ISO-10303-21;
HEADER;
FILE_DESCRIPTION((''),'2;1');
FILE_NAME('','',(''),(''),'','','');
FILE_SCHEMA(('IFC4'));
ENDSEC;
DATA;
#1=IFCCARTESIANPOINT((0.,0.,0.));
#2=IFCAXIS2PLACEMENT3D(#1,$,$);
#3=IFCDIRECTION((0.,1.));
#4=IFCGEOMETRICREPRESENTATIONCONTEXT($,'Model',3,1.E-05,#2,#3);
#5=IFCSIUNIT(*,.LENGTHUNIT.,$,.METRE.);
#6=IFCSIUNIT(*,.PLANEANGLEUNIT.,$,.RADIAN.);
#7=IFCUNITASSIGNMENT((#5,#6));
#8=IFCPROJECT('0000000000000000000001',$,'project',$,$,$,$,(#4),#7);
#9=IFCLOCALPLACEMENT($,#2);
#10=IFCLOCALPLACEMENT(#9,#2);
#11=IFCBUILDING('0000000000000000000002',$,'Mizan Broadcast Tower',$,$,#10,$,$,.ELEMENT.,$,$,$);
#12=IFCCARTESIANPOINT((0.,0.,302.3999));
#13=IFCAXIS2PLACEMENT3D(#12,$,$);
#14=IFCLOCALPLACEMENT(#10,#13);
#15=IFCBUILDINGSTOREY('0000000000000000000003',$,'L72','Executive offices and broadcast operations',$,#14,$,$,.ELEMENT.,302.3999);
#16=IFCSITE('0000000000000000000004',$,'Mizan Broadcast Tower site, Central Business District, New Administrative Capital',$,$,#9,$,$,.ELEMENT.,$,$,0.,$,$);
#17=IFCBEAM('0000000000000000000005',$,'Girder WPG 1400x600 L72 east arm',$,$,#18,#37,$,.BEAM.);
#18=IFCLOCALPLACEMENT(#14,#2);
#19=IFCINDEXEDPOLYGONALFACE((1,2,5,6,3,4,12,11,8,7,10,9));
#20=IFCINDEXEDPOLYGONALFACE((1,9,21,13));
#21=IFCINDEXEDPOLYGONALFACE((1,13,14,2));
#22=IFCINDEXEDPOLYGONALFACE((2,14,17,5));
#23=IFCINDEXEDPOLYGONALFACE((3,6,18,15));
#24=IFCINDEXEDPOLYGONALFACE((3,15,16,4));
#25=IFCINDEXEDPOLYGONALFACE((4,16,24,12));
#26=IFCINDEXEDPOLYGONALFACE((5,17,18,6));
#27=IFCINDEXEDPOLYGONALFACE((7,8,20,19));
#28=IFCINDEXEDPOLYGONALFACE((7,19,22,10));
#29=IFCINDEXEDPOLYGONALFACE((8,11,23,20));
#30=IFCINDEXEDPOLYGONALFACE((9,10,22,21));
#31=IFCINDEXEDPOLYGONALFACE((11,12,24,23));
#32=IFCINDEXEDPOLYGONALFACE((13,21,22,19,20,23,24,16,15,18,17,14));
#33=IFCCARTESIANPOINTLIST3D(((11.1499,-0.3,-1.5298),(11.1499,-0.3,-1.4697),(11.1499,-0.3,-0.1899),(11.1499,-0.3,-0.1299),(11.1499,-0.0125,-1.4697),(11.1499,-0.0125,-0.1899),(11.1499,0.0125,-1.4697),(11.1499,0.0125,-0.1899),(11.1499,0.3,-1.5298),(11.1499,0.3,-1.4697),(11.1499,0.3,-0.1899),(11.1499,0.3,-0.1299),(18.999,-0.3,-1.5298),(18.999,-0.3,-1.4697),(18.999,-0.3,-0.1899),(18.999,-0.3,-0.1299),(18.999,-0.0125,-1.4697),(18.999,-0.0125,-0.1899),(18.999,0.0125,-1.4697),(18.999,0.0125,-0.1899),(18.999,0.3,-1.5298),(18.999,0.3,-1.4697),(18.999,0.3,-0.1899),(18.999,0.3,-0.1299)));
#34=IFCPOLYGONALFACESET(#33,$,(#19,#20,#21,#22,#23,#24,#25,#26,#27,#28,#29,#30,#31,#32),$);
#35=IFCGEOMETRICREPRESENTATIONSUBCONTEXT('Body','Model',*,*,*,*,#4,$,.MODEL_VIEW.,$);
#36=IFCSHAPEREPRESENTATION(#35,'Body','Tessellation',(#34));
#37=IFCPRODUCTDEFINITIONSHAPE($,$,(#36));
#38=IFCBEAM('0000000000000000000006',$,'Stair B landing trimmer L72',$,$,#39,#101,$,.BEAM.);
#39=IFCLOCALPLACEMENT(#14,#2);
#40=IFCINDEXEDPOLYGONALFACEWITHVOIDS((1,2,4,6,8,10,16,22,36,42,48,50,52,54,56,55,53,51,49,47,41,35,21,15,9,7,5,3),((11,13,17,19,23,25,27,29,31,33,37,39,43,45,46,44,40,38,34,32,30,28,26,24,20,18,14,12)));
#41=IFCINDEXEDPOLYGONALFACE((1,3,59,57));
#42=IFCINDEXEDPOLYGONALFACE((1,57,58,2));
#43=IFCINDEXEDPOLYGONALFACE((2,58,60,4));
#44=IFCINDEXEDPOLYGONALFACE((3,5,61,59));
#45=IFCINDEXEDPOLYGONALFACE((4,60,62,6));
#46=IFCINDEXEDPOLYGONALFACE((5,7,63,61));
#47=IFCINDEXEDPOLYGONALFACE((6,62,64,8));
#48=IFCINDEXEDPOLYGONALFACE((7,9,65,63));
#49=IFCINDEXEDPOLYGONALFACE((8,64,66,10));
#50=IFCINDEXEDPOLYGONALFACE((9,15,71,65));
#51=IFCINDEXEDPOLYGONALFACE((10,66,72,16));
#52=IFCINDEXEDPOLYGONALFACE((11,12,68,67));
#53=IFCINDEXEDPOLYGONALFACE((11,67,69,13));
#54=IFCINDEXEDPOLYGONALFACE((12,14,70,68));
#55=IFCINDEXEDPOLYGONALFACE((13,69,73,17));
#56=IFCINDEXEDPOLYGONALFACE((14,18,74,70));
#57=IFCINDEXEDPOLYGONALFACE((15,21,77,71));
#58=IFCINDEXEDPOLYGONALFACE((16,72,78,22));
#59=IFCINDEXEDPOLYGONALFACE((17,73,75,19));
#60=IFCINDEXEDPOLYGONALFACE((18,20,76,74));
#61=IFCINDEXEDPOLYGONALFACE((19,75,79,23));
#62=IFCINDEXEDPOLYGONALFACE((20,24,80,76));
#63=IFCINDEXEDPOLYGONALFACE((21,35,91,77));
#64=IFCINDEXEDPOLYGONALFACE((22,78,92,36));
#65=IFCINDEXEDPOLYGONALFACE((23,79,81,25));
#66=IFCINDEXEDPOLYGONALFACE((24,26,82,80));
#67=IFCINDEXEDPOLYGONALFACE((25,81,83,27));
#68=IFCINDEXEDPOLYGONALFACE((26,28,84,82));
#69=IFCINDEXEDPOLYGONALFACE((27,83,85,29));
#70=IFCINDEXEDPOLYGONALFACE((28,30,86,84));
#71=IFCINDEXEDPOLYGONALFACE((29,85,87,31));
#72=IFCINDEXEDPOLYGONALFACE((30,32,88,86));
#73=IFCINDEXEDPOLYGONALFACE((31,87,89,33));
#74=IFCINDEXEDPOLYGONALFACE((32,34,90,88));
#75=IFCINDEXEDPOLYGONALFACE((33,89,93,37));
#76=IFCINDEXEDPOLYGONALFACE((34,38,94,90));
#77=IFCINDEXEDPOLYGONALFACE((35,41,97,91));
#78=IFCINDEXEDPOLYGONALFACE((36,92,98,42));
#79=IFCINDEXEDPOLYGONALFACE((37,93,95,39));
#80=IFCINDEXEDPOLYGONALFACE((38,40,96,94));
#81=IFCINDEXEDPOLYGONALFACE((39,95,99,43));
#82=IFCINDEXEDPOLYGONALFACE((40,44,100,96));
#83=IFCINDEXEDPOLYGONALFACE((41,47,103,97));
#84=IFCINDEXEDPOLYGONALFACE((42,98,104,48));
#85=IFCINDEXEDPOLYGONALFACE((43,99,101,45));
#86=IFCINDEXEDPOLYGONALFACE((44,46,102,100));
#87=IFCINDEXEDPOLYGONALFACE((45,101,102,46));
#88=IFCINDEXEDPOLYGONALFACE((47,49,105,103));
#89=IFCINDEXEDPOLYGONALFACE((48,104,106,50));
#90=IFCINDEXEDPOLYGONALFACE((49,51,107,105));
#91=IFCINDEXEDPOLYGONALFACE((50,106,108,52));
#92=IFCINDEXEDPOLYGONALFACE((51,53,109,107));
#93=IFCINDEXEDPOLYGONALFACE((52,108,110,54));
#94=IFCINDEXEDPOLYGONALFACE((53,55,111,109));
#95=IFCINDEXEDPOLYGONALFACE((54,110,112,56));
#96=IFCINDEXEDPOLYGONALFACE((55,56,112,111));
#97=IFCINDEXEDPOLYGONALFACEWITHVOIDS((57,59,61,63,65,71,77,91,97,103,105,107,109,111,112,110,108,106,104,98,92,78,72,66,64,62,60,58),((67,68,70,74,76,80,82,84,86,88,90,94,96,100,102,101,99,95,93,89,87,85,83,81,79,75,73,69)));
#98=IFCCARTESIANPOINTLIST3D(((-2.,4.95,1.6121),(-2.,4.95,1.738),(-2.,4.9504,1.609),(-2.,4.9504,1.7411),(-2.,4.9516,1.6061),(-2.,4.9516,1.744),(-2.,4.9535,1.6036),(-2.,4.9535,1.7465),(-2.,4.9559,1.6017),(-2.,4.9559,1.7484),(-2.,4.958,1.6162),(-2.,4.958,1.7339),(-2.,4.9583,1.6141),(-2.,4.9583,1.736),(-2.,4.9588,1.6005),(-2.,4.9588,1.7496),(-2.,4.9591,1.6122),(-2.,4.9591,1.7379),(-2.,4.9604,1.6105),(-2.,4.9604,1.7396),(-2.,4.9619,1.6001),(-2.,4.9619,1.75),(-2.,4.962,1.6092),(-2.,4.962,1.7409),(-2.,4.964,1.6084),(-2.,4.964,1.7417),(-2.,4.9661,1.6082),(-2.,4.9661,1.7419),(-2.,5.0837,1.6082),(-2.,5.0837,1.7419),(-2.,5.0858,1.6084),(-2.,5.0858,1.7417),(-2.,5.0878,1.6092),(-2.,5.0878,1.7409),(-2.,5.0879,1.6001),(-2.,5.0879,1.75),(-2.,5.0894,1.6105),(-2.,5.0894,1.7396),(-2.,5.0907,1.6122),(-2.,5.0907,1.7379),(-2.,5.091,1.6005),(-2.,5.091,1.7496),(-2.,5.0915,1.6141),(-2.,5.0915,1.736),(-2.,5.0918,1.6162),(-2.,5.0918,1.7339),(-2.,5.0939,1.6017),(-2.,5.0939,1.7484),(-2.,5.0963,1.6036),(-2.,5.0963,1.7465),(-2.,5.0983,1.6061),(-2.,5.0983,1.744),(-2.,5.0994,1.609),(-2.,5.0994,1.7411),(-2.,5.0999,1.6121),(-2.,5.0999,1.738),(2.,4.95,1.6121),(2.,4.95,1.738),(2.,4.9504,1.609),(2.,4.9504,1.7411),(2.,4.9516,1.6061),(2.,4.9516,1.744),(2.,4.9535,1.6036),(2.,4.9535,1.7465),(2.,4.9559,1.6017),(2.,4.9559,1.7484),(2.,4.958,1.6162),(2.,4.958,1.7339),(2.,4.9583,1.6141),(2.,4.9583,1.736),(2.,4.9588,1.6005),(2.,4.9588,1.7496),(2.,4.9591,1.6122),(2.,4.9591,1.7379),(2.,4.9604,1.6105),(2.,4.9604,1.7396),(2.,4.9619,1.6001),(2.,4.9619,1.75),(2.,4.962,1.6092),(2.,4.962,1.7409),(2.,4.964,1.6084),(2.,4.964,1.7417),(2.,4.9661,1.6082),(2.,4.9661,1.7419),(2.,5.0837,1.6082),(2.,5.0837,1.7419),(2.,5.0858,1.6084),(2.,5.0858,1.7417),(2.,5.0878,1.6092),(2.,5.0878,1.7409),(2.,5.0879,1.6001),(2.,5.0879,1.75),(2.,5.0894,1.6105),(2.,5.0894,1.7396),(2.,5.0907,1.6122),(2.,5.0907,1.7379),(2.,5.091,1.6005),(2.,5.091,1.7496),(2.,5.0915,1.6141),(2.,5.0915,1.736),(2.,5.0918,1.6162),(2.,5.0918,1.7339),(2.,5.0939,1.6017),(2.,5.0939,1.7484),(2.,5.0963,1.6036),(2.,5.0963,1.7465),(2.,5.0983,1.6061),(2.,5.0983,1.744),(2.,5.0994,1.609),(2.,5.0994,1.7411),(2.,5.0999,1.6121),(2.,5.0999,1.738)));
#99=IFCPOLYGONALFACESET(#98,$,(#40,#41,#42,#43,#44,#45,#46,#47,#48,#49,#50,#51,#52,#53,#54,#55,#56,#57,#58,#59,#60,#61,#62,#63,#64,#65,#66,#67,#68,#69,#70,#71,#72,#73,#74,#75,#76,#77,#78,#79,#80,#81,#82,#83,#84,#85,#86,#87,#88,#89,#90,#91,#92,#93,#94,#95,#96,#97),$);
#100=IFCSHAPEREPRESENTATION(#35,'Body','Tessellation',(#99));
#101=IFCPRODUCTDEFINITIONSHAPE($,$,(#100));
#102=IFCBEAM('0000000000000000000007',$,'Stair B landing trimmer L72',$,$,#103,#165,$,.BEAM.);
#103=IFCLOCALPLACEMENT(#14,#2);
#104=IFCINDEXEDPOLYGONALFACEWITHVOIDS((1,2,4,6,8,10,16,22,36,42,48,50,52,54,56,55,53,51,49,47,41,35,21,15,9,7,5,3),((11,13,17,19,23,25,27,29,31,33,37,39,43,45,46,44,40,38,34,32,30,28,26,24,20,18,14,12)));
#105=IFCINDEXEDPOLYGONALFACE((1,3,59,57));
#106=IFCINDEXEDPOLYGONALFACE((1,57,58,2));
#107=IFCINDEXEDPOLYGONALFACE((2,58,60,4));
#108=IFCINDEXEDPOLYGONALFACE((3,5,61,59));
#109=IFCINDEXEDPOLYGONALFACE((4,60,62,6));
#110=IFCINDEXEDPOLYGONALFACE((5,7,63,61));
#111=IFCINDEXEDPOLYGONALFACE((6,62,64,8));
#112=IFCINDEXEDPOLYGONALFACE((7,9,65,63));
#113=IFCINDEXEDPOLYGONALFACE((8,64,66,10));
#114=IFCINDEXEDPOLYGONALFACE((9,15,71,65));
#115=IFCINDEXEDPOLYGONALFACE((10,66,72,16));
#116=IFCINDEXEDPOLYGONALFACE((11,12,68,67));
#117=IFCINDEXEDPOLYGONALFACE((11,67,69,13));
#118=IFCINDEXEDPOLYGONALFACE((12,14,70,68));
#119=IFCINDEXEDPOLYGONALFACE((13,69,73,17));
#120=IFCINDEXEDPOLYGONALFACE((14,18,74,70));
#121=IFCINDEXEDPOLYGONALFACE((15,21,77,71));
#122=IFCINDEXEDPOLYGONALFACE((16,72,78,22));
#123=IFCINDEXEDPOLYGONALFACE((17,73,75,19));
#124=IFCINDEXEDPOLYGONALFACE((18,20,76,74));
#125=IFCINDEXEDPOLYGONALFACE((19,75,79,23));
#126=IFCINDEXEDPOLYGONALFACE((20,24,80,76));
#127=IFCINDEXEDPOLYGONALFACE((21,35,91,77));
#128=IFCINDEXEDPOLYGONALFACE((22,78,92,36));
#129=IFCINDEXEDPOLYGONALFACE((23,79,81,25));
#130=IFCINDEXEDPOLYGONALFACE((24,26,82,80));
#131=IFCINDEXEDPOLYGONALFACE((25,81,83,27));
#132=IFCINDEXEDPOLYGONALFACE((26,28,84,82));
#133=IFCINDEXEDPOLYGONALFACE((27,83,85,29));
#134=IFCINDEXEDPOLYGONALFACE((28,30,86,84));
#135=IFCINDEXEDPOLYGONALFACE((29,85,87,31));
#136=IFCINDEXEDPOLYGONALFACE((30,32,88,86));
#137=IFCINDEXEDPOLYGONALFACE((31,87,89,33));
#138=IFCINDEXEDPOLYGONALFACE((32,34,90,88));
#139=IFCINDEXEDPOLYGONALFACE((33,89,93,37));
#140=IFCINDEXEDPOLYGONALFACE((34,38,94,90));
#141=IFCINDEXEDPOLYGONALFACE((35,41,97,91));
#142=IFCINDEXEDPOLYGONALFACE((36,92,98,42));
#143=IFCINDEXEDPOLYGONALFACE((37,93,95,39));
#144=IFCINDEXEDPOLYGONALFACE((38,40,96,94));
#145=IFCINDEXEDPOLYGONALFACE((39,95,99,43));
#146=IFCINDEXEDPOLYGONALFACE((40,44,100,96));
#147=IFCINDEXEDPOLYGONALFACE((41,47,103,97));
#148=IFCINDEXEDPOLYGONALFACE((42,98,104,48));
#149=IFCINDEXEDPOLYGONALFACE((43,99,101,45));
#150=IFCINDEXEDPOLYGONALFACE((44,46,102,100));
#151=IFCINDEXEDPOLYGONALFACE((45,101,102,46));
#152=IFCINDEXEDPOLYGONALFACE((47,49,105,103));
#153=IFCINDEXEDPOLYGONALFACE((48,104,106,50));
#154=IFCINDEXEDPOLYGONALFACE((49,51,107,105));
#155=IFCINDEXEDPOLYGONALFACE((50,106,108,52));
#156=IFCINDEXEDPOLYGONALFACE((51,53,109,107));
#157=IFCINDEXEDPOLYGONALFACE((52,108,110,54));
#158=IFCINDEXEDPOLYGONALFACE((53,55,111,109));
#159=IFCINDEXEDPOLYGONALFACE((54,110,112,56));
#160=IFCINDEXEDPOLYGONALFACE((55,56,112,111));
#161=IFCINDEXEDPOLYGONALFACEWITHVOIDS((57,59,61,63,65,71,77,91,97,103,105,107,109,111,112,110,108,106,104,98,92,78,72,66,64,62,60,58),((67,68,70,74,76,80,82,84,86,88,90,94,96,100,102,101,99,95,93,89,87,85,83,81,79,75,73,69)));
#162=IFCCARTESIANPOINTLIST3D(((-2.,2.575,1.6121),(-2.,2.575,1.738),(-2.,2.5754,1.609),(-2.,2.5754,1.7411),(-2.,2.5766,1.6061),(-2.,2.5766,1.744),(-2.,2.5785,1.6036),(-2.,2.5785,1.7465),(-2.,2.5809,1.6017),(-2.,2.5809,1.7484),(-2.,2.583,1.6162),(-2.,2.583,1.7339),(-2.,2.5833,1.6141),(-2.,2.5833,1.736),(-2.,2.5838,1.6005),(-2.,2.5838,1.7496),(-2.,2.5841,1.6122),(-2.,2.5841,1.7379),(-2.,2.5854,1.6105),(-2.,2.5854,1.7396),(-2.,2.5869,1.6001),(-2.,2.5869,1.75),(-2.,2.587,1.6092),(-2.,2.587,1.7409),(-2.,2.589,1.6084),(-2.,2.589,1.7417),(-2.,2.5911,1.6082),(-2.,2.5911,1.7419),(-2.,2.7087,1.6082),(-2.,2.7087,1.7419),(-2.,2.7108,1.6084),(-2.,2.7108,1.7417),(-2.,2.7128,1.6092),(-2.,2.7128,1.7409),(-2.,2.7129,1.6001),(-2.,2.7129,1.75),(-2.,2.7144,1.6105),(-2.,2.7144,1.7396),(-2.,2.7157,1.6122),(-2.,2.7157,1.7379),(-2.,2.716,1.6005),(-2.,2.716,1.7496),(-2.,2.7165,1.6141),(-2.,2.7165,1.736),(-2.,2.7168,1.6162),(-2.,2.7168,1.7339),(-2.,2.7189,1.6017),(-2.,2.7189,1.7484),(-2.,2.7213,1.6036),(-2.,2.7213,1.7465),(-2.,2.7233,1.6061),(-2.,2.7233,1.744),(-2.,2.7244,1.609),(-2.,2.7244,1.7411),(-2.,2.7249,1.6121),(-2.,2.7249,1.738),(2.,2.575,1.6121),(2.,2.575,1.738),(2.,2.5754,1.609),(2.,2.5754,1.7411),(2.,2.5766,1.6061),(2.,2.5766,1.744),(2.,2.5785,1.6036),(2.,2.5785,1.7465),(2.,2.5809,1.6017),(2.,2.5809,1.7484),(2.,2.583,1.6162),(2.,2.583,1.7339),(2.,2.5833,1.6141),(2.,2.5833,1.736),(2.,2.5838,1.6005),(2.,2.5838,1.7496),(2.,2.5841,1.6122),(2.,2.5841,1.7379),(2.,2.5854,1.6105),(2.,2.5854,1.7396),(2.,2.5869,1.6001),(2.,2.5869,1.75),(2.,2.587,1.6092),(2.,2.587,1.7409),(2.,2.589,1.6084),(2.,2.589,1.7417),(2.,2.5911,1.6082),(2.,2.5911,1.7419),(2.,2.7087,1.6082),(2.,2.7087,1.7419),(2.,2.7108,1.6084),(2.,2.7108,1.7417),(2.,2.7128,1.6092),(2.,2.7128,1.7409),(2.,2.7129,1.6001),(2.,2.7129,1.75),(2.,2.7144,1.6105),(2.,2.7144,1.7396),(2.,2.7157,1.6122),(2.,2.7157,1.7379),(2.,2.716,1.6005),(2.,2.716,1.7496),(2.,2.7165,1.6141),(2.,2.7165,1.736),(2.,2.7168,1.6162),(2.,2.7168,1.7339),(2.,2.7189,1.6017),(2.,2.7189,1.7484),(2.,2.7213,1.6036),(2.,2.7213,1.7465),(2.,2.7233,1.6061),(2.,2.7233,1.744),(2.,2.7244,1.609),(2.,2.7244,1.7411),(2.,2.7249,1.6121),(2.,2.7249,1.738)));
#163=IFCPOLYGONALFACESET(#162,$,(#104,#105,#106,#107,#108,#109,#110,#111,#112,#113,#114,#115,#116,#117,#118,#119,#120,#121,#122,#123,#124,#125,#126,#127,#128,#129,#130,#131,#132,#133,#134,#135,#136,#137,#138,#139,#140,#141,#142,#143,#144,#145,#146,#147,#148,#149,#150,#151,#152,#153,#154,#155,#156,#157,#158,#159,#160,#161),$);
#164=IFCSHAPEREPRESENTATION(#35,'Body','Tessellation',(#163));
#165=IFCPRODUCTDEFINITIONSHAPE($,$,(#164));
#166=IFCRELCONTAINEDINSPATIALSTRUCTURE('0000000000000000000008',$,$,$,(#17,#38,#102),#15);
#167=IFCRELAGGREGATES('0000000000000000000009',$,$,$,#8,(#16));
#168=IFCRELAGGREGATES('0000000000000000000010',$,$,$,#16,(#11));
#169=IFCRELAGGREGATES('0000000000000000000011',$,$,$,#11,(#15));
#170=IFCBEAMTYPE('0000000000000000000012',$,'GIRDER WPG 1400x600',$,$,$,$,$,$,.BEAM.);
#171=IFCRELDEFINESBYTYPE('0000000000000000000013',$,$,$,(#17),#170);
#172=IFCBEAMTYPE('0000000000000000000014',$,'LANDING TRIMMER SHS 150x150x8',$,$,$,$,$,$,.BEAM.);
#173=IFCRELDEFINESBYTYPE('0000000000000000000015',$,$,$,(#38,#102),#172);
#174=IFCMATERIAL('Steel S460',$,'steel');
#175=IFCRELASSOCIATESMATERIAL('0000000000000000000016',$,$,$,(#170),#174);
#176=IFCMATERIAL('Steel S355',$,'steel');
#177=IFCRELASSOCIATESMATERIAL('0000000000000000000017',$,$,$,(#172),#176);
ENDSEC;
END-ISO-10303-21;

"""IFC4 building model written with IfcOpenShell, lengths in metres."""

from ifc_helpers import new_model, si_unit, direction, frame, origin, origin_2d, place, context, subcontext, project, spatial, hollow_rectangle, i_section, extrude, material, material_profile, profile_set, type_object, element, save


model = new_model("IFC4")

# Units and contexts
model_context = context("Model", 3, precision=1e-05, world=origin(), true_north=direction((0.0, 1.0)))
body_context = subcontext(model_context, "Body", "Model", "MODEL_VIEW")
ifc_project = project(units=[si_unit("LENGTHUNIT", "METRE"), si_unit("PLANEANGLEUNIT", "RADIAN")], contexts=[model_context])

# Site, building, storey
site_placement = place(None, origin())
site = spatial("IfcSite", under=ifc_project, at=site_placement, Name="Mizan Broadcast Tower site, Central Business District, New Administrative Capital", CompositionType="ELEMENT", RefElevation=0.0)
building_placement = place(site_placement, origin())
building = spatial("IfcBuilding", under=site, at=building_placement, Name="Mizan Broadcast Tower", CompositionType="ELEMENT")
storey_placement = place(building_placement, frame((0.0, 0.0, 302.3999)))
storey = spatial("IfcBuildingStorey", under=building, at=storey_placement, Name="L72", Description="Executive offices and broadcast operations", CompositionType="ELEMENT", Elevation=302.3999)

# Beams
ifc_material_1 = material(Name="Steel S460", Category="steel")
ifc_material_profile_1 = material_profile(ifc_material_1, i_section(OverallWidth=0.6001, OverallDepth=1.3999, WebThickness=0.0249, FlangeThickness=0.0601, at=origin_2d()), Name="WPG 1400x600")
ifc_profile_set_1 = profile_set([ifc_material_profile_1], Name="Steel S460")
beam_type_1 = type_object("IfcBeamType", Name="GIRDER WPG 1400x600", PredefinedType="BEAM", material=ifc_profile_set_1)
beam_placement = place(storey_placement, frame((11.1499, 0.0, -0.8298), z_axis=(1.0, 0.0, 0.0), x_axis=(0.0, 1.0, 0.0)))
element("IfcBeam", 1, at=beam_placement, inside=storey, type_object=beam_type_1, Name="Girder WPG 1400x600 L72 east arm", PredefinedType="BEAM", context=body_context, shape_type="SweptSolid", body=[
    extrude(i_section(OverallWidth=0.6001, OverallDepth=1.3999, WebThickness=0.0249, FlangeThickness=0.0601, at=origin_2d()), origin(), (0.0, 0.0, 1.0), 7.8491),
])
ifc_material_2 = material(Name="Steel S355", Category="steel")
ifc_material_profile_2 = material_profile(ifc_material_2, hollow_rectangle(XDim=0.1499, YDim=0.1499, WallThickness=0.0081, InnerFilletRadius=0.0081, OuterFilletRadius=0.012, at=origin_2d()), Name="SHS 150x150x8")
ifc_profile_set_2 = profile_set([ifc_material_profile_2], Name="Steel S355")
beam_type_2 = type_object("IfcBeamType", Name="LANDING TRIMMER SHS 150x150x8", PredefinedType="BEAM", material=ifc_profile_set_2)
for number, where, z_axis, x_axis, name in (
    (2, (2.0, 5.0249, 1.675), (-1.0, 0.0, 0.0), (0.0, -1.0, 0.0), "Stair B landing trimmer L72"),
    (3, (2.0, 2.6499, 1.675), (-1.0, 0.0, 0.0), (0.0, -1.0, 0.0), "Stair B landing trimmer L72"),
):
    element("IfcBeam", number, at=place(storey_placement, frame(where, z_axis=z_axis, x_axis=x_axis)), inside=storey, type_object=beam_type_2, Name=name, PredefinedType="BEAM", context=body_context, shape_type="SweptSolid", body=[
        extrude(hollow_rectangle(XDim=0.1499, YDim=0.1499, WallThickness=0.0081, InnerFilletRadius=0.0081, OuterFilletRadius=0.012, at=origin_2d()), origin(), (0.0, 0.0, 1.0), 4.0),
    ])

save(model, "model.ifc")
